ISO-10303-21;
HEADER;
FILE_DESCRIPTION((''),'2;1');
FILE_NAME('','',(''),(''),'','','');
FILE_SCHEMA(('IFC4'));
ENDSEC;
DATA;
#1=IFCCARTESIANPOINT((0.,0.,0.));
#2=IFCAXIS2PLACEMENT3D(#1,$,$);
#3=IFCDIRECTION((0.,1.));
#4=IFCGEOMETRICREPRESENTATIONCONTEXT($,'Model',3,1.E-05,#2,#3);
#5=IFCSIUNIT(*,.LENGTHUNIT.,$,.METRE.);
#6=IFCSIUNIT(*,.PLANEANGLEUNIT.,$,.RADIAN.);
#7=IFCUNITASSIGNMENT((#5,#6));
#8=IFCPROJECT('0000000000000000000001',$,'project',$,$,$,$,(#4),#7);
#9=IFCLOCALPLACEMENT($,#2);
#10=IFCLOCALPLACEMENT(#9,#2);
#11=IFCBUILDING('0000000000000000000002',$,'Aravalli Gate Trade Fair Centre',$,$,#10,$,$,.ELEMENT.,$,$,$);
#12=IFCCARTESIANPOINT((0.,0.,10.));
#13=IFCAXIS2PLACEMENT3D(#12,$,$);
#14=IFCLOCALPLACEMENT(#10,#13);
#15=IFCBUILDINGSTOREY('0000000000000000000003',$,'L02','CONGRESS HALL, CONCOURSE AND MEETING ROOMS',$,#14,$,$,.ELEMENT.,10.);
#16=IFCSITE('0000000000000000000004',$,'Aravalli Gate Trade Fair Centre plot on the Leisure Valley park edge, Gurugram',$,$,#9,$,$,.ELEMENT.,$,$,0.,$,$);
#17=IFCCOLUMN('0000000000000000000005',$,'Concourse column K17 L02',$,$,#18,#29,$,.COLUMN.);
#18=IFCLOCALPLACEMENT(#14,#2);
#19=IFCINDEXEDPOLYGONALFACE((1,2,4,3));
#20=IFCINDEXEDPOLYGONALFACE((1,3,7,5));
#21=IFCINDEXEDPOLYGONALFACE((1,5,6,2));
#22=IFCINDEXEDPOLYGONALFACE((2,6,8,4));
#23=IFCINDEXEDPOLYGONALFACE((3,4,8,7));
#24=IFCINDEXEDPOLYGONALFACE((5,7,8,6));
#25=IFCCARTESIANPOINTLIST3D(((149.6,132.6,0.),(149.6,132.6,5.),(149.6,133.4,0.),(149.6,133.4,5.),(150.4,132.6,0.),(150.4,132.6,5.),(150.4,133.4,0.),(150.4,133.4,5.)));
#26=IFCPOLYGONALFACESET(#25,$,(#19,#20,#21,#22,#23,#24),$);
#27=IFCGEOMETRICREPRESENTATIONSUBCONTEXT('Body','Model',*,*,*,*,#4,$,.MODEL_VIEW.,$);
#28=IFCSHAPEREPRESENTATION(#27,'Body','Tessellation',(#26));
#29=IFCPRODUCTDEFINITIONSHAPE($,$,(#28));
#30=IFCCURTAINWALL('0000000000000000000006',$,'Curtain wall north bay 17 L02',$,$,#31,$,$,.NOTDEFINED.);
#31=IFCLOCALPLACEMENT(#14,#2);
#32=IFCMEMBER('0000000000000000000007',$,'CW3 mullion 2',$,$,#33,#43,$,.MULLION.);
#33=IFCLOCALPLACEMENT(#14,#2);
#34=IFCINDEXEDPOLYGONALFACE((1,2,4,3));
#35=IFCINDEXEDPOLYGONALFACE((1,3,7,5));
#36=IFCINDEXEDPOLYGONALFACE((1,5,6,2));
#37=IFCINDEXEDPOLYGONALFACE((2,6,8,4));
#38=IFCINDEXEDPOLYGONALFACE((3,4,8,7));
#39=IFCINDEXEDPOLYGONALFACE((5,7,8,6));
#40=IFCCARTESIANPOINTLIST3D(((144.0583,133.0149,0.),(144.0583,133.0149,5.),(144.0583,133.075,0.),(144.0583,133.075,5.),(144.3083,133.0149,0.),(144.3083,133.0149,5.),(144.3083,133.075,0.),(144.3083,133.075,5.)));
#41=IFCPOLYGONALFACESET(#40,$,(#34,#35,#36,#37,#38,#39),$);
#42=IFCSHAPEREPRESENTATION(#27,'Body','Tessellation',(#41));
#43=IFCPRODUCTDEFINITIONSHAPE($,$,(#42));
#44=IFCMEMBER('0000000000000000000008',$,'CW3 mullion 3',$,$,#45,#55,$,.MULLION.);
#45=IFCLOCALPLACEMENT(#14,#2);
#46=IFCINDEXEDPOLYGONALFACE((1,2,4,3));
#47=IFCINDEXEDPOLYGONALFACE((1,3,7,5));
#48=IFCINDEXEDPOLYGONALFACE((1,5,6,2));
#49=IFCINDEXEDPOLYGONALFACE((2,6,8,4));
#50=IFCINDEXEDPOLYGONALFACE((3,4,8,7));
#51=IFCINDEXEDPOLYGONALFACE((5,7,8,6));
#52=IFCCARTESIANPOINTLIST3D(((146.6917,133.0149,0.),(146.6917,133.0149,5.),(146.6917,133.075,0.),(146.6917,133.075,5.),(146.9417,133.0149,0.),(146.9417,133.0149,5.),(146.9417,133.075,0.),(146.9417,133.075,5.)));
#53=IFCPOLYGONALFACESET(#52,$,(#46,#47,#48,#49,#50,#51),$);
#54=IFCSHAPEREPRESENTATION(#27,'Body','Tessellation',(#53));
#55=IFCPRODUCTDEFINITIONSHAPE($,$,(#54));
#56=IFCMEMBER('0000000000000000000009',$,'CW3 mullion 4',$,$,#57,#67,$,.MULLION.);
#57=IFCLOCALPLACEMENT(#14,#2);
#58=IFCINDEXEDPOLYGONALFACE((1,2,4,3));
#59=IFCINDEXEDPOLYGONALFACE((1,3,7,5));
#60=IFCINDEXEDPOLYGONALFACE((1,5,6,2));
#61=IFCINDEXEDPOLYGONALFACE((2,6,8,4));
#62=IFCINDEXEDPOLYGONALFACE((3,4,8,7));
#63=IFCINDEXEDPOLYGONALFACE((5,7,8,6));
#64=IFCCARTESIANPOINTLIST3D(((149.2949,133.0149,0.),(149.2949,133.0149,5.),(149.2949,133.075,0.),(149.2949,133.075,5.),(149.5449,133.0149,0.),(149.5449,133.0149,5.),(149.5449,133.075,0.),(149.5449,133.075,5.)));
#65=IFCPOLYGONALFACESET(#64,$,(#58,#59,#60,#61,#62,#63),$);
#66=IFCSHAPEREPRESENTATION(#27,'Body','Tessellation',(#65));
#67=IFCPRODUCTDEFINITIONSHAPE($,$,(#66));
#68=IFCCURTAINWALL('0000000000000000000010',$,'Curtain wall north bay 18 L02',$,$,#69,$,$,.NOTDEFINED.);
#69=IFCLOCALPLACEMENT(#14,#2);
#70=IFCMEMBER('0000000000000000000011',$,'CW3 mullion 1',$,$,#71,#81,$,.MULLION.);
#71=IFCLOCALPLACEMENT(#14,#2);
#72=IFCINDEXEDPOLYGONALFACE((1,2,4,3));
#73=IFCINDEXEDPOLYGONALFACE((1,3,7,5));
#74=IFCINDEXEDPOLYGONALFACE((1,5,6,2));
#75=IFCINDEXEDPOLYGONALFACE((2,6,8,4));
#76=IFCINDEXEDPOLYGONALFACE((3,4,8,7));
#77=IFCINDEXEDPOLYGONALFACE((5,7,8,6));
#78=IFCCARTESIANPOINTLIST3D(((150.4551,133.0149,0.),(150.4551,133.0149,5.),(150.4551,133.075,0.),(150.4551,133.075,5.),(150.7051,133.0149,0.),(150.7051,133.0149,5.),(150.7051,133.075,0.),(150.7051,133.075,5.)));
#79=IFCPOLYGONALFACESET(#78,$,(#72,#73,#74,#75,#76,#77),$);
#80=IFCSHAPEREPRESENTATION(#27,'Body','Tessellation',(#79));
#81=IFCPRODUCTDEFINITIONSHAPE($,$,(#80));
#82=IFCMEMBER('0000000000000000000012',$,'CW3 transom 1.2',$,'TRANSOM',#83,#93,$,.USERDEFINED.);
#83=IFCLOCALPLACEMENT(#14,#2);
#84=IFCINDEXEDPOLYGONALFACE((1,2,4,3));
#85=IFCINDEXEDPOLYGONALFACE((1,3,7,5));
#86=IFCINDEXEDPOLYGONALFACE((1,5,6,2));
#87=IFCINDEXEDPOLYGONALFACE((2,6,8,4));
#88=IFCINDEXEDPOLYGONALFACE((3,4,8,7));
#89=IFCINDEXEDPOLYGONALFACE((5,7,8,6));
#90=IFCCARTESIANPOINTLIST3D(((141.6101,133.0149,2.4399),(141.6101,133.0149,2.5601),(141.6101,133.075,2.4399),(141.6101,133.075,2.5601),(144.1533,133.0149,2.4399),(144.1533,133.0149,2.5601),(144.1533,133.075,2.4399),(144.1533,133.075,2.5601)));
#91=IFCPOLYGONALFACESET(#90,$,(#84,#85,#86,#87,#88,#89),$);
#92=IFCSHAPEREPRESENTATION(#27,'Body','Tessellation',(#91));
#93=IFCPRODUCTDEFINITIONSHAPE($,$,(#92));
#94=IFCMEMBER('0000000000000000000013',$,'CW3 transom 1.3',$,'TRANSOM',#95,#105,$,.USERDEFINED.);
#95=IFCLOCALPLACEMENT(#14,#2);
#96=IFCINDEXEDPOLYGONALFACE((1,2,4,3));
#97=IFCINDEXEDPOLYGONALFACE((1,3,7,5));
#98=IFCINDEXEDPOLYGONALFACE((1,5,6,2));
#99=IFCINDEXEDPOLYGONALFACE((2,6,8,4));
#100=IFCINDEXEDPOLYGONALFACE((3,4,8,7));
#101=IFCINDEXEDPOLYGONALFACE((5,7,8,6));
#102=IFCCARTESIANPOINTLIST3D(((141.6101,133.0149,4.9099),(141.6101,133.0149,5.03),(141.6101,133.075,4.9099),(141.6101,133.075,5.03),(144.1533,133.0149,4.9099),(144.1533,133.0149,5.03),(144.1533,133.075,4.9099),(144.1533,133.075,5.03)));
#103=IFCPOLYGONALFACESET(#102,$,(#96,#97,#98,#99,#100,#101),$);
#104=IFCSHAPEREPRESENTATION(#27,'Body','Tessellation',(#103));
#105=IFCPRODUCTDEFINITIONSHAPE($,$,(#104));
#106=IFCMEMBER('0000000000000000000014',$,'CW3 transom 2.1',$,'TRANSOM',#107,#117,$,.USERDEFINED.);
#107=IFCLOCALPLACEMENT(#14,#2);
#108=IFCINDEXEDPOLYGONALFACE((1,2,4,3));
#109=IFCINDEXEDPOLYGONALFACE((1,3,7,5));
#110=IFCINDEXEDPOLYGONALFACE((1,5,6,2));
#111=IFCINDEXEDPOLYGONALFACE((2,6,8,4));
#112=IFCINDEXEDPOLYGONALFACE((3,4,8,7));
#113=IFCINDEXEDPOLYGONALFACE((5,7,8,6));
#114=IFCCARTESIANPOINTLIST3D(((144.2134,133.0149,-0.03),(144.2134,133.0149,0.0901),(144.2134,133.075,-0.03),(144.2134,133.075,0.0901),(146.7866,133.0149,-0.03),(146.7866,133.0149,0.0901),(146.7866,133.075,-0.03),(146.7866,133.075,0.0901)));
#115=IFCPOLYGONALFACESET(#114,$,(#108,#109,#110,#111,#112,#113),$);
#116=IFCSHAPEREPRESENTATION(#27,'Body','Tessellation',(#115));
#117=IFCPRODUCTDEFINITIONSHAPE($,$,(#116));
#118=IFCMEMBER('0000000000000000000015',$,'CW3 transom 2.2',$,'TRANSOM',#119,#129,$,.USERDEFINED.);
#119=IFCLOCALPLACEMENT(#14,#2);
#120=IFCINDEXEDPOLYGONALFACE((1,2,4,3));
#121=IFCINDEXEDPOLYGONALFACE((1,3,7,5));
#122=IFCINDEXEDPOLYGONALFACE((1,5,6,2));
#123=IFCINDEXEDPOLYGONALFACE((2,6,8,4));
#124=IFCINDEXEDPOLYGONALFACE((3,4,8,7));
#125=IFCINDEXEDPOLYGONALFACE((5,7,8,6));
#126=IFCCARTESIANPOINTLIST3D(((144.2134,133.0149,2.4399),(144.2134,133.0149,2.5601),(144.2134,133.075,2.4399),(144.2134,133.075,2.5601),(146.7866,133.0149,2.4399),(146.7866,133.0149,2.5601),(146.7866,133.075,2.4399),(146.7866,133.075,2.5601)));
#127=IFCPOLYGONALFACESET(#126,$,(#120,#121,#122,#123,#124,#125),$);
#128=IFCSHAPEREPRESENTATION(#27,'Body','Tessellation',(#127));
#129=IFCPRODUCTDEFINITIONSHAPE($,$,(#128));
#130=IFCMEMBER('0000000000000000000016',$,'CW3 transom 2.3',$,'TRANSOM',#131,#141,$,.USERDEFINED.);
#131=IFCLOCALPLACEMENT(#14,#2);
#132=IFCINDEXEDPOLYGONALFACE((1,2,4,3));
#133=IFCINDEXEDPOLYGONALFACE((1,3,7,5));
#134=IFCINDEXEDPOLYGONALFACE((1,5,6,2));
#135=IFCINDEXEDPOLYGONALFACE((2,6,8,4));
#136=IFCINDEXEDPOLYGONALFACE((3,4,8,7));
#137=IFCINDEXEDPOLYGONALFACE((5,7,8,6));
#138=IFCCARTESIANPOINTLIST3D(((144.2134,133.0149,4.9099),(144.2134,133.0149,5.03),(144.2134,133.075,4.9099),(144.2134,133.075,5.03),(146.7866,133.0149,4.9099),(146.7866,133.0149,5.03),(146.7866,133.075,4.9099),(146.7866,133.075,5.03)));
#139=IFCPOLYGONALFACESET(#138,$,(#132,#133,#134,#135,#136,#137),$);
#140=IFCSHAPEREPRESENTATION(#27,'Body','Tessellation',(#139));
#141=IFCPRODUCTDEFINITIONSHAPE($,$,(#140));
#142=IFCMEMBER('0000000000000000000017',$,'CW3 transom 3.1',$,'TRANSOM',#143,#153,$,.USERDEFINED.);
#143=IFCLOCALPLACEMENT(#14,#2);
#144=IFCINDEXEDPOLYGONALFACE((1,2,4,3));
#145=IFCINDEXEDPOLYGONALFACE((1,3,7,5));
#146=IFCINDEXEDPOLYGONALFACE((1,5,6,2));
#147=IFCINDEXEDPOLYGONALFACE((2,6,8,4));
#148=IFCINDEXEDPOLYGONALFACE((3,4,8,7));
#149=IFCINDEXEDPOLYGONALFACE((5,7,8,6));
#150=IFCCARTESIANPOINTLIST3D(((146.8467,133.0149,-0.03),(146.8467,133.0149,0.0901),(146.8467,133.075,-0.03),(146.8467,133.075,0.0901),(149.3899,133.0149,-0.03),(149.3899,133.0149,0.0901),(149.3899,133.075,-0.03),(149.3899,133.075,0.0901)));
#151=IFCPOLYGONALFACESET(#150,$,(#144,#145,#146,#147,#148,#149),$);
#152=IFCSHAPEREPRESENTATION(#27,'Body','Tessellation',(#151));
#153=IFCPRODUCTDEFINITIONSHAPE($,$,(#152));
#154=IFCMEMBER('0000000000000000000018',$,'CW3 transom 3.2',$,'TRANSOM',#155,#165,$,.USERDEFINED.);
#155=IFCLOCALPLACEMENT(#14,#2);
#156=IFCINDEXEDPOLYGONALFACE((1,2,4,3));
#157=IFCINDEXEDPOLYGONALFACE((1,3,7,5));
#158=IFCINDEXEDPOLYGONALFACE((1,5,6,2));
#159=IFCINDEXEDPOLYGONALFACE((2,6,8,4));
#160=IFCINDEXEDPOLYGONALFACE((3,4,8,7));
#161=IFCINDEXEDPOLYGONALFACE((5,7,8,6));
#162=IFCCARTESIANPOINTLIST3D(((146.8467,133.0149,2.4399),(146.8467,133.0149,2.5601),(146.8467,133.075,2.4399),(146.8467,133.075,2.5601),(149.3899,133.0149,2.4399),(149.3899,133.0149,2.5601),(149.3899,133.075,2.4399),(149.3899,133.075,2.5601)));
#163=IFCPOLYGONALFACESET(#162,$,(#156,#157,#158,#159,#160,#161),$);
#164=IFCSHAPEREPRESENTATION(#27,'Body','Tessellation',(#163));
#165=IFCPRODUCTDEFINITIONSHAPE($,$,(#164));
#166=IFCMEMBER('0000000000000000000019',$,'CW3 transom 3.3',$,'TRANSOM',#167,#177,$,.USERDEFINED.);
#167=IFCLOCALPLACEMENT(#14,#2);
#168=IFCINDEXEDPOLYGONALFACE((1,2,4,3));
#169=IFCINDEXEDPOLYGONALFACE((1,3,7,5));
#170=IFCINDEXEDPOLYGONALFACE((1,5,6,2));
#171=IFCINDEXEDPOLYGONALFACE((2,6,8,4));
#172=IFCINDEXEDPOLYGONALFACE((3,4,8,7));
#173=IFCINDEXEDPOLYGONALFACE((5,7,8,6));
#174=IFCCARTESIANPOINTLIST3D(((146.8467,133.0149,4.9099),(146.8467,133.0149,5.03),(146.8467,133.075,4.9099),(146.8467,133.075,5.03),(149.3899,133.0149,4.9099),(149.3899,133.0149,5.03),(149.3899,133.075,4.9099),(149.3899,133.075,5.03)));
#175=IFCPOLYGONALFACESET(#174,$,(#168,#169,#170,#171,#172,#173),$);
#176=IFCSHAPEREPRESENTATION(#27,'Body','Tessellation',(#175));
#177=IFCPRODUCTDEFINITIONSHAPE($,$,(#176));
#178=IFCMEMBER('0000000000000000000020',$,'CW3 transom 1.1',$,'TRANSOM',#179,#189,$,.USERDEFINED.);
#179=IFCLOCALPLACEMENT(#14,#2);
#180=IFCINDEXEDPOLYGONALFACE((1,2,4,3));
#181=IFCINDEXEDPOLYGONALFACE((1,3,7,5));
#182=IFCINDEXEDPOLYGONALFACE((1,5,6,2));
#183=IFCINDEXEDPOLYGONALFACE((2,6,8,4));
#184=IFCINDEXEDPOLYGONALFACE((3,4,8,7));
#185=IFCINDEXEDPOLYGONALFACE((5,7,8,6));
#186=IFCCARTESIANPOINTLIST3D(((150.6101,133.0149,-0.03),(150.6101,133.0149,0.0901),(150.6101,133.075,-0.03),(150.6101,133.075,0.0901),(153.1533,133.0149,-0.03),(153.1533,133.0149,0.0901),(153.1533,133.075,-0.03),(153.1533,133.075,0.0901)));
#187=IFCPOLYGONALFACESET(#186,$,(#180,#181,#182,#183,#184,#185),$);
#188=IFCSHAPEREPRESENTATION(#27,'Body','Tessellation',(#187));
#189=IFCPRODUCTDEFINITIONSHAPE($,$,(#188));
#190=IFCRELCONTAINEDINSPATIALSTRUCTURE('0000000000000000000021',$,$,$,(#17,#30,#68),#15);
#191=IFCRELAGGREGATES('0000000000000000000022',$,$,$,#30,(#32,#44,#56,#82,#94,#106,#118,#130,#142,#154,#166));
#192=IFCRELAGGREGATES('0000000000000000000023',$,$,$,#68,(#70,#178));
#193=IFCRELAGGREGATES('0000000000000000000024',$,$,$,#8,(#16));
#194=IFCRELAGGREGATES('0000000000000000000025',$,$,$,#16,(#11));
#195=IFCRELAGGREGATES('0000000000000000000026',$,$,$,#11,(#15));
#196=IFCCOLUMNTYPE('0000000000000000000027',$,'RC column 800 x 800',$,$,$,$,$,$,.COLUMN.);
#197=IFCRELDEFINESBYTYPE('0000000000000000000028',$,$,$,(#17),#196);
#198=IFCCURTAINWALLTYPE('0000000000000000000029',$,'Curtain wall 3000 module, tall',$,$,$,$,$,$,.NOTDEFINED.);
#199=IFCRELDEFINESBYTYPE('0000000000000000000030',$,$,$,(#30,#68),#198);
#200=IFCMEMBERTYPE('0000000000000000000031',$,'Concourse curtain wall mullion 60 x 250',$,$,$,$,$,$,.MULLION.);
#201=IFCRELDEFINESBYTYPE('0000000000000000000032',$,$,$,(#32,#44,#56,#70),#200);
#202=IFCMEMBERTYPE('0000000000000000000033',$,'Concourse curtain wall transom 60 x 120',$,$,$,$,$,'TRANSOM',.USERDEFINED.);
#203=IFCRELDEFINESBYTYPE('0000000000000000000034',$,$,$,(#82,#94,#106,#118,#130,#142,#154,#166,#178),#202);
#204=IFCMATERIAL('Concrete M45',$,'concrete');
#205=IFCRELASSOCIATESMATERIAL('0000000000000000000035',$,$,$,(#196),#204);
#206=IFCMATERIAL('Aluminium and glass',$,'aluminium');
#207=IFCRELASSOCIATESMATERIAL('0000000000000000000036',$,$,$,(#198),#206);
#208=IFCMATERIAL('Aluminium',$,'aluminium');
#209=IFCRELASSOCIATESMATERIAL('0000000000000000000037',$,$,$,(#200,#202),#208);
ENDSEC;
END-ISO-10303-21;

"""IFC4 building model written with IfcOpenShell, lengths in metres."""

from ifc_helpers import new_model, si_unit, direction, frame, origin, origin_2d, place, context, subcontext, project, spatial, rectangle, extrude, material, material_profile, profile_set, type_object, element, aggregate, save


model = new_model("IFC4")

# Units and contexts
model_context = context("Model", 3, precision=1e-05, world=origin(), true_north=direction((0.0, 1.0)))
body_context = subcontext(model_context, "Body", "Model", "MODEL_VIEW")
ifc_project = project(units=[si_unit("LENGTHUNIT", "METRE"), si_unit("PLANEANGLEUNIT", "RADIAN")], contexts=[model_context])

# Site, building, storey
site_placement = place(None, origin())
site = spatial("IfcSite", under=ifc_project, at=site_placement, Name="Aravalli Gate Trade Fair Centre plot on the Leisure Valley park edge, Gurugram", CompositionType="ELEMENT", RefElevation=0.0)
building_placement = place(site_placement, origin())
building = spatial("IfcBuilding", under=site, at=building_placement, Name="Aravalli Gate Trade Fair Centre", CompositionType="ELEMENT")
storey_placement = place(building_placement, frame((0.0, 0.0, 10.0)))
storey = spatial("IfcBuildingStorey", under=building, at=storey_placement, Name="L02", Description="CONGRESS HALL, CONCOURSE AND MEETING ROOMS", CompositionType="ELEMENT", Elevation=10.0)

# Column
ifc_material_1 = material(Name="Concrete M45", Category="concrete")
ifc_material_profile_1 = material_profile(ifc_material_1, rectangle(XDim=0.8, YDim=0.8, at=origin_2d()), Name="RC column 800 x 800")
ifc_profile_set_1 = profile_set([ifc_material_profile_1], Name="Concrete M45")
column_type = type_object("IfcColumnType", Name="RC column 800 x 800", PredefinedType="COLUMN", material=ifc_profile_set_1)
column_placement = place(storey_placement, frame((150.0, 133.0, 0.0), z_axis=(0.0, 0.0, 1.0), x_axis=(1.0, 0.0, 0.0)))
element("IfcColumn", 1, at=column_placement, inside=storey, type_object=column_type, Name="Concourse column K17 L02", PredefinedType="COLUMN", context=body_context, shape_type="SweptSolid", body=[
    extrude(rectangle(XDim=0.8, YDim=0.8, at=origin_2d()), origin(), (0.0, 0.0, 1.0), 5.0),
])

# Curtain wall, members
ifc_material_2 = material(Name="Aluminium and glass", Category="aluminium")
curtain_wall_type = type_object("IfcCurtainWallType", Name="Curtain wall 3000 module, tall", PredefinedType="NOTDEFINED", material=ifc_material_2)
curtain_wall_1_placement = place(storey_placement, origin())
curtain_wall_1 = element("IfcCurtainWall", 2, at=curtain_wall_1_placement, inside=storey, type_object=curtain_wall_type, Name="Curtain wall north bay 17 L02", PredefinedType="NOTDEFINED")
ifc_material_3 = material(Name="Aluminium", Category="aluminium")
ifc_material_profile_2 = material_profile(ifc_material_3, rectangle(XDim=0.0601, YDim=0.25, at=origin_2d()), Name="Concourse curtain wall mullion 60 x 250")
ifc_profile_set_2 = profile_set([ifc_material_profile_2], Name="Aluminium")
member_type_1 = type_object("IfcMemberType", Name="Concourse curtain wall mullion 60 x 250", PredefinedType="MULLION", material=ifc_profile_set_2)
member_1_placement = place(storey_placement, frame((144.1833, 133.0449, 0.0), z_axis=(0.0, 0.0, 1.0), x_axis=(0.0, 1.0, 0.0)))
member_1 = element("IfcMember", 3, at=member_1_placement, type_object=member_type_1, Name="CW3 mullion 2", PredefinedType="MULLION", context=body_context, shape_type="SweptSolid", body=[
    extrude(rectangle(XDim=0.0601, YDim=0.25, at=origin_2d()), origin(), (0.0, 0.0, 1.0), 5.0),
])
member_2_placement = place(storey_placement, frame((146.8167, 133.0449, 0.0), z_axis=(0.0, 0.0, 1.0), x_axis=(0.0, 1.0, 0.0)))
member_2 = element("IfcMember", 4, at=member_2_placement, type_object=member_type_1, Name="CW3 mullion 3", PredefinedType="MULLION", context=body_context, shape_type="SweptSolid", body=[
    extrude(rectangle(XDim=0.0601, YDim=0.25, at=origin_2d()), origin(), (0.0, 0.0, 1.0), 5.0),
])
member_3_placement = place(storey_placement, frame((149.4199, 133.0449, 0.0), z_axis=(0.0, 0.0, 1.0), x_axis=(0.0, 1.0, 0.0)))
member_3 = element("IfcMember", 5, at=member_3_placement, type_object=member_type_1, Name="CW3 mullion 4", PredefinedType="MULLION", context=body_context, shape_type="SweptSolid", body=[
    extrude(rectangle(XDim=0.0601, YDim=0.25, at=origin_2d()), origin(), (0.0, 0.0, 1.0), 5.0),
])

# Curtain wall, member
curtain_wall_2_placement = place(storey_placement, origin())
curtain_wall_2 = element("IfcCurtainWall", 6, at=curtain_wall_2_placement, inside=storey, type_object=curtain_wall_type, Name="Curtain wall north bay 18 L02", PredefinedType="NOTDEFINED")
member_4_placement = place(storey_placement, frame((150.5801, 133.0449, 0.0), z_axis=(0.0, 0.0, 1.0), x_axis=(0.0, 1.0, 0.0)))
member_4 = element("IfcMember", 7, at=member_4_placement, type_object=member_type_1, Name="CW3 mullion 1", PredefinedType="MULLION", context=body_context, shape_type="SweptSolid", body=[
    extrude(rectangle(XDim=0.0601, YDim=0.25, at=origin_2d()), origin(), (0.0, 0.0, 1.0), 5.0),
])

# Members
ifc_material_profile_3 = material_profile(ifc_material_3, rectangle(XDim=0.0601, YDim=0.1201, at=origin_2d()), Name="Concourse curtain wall transom 60 x 120")
ifc_profile_set_3 = profile_set([ifc_material_profile_3], Name="Aluminium")
member_type_2 = type_object("IfcMemberType", Name="Concourse curtain wall transom 60 x 120", ElementType="TRANSOM", PredefinedType="USERDEFINED", material=ifc_profile_set_3)
member_5_placement = place(storey_placement, frame((141.6101, 133.0449, 2.5), z_axis=(1.0, 0.0, 0.0), x_axis=(0.0, 1.0, 0.0)))
member_5 = element("IfcMember", 8, at=member_5_placement, type_object=member_type_2, Name="CW3 transom 1.2", ObjectType="TRANSOM", PredefinedType="USERDEFINED", context=body_context, shape_type="SweptSolid", body=[
    extrude(rectangle(XDim=0.0601, YDim=0.1201, at=origin_2d()), origin(), (0.0, 0.0, 1.0), 2.5432),
])
member_6_placement = place(storey_placement, frame((141.6101, 133.0449, 4.97), z_axis=(1.0, 0.0, 0.0), x_axis=(0.0, 1.0, 0.0)))
member_6 = element("IfcMember", 9, at=member_6_placement, type_object=member_type_2, Name="CW3 transom 1.3", ObjectType="TRANSOM", PredefinedType="USERDEFINED", context=body_context, shape_type="SweptSolid", body=[
    extrude(rectangle(XDim=0.0601, YDim=0.1201, at=origin_2d()), origin(), (0.0, 0.0, 1.0), 2.5432),
])
member_7_placement = place(storey_placement, frame((144.2134, 133.0449, 0.03), z_axis=(1.0, 0.0, 0.0), x_axis=(0.0, 1.0, 0.0)))
member_7 = element("IfcMember", 10, at=member_7_placement, type_object=member_type_2, Name="CW3 transom 2.1", ObjectType="TRANSOM", PredefinedType="USERDEFINED", context=body_context, shape_type="SweptSolid", body=[
    extrude(rectangle(XDim=0.0601, YDim=0.1201, at=origin_2d()), origin(), (0.0, 0.0, 1.0), 2.5732),
])
member_8_placement = place(storey_placement, frame((144.2134, 133.0449, 2.5), z_axis=(1.0, 0.0, 0.0), x_axis=(0.0, 1.0, 0.0)))
member_8 = element("IfcMember", 11, at=member_8_placement, type_object=member_type_2, Name="CW3 transom 2.2", ObjectType="TRANSOM", PredefinedType="USERDEFINED", context=body_context, shape_type="SweptSolid", body=[
    extrude(rectangle(XDim=0.0601, YDim=0.1201, at=origin_2d()), origin(), (0.0, 0.0, 1.0), 2.5732),
])
member_9_placement = place(storey_placement, frame((144.2134, 133.0449, 4.97), z_axis=(1.0, 0.0, 0.0), x_axis=(0.0, 1.0, 0.0)))
member_9 = element("IfcMember", 12, at=member_9_placement, type_object=member_type_2, Name="CW3 transom 2.3", ObjectType="TRANSOM", PredefinedType="USERDEFINED", context=body_context, shape_type="SweptSolid", body=[
    extrude(rectangle(XDim=0.0601, YDim=0.1201, at=origin_2d()), origin(), (0.0, 0.0, 1.0), 2.5732),
])
member_10_placement = place(storey_placement, frame((146.8467, 133.0449, 0.03), z_axis=(1.0, 0.0, 0.0), x_axis=(0.0, 1.0, 0.0)))
member_10 = element("IfcMember", 13, at=member_10_placement, type_object=member_type_2, Name="CW3 transom 3.1", ObjectType="TRANSOM", PredefinedType="USERDEFINED", context=body_context, shape_type="SweptSolid", body=[
    extrude(rectangle(XDim=0.0601, YDim=0.1201, at=origin_2d()), origin(), (0.0, 0.0, 1.0), 2.5432),
])
member_11_placement = place(storey_placement, frame((146.8467, 133.0449, 2.5), z_axis=(1.0, 0.0, 0.0), x_axis=(0.0, 1.0, 0.0)))
member_11 = element("IfcMember", 14, at=member_11_placement, type_object=member_type_2, Name="CW3 transom 3.2", ObjectType="TRANSOM", PredefinedType="USERDEFINED", context=body_context, shape_type="SweptSolid", body=[
    extrude(rectangle(XDim=0.0601, YDim=0.1201, at=origin_2d()), origin(), (0.0, 0.0, 1.0), 2.5432),
])
member_12_placement = place(storey_placement, frame((146.8467, 133.0449, 4.97), z_axis=(1.0, 0.0, 0.0), x_axis=(0.0, 1.0, 0.0)))
member_12 = element("IfcMember", 15, at=member_12_placement, type_object=member_type_2, Name="CW3 transom 3.3", ObjectType="TRANSOM", PredefinedType="USERDEFINED", context=body_context, shape_type="SweptSolid", body=[
    extrude(rectangle(XDim=0.0601, YDim=0.1201, at=origin_2d()), origin(), (0.0, 0.0, 1.0), 2.5432),
])
member_13_placement = place(storey_placement, frame((150.6101, 133.0449, 0.03), z_axis=(1.0, 0.0, 0.0), x_axis=(0.0, 1.0, 0.0)))
member_13 = element("IfcMember", 16, at=member_13_placement, type_object=member_type_2, Name="CW3 transom 1.1", ObjectType="TRANSOM", PredefinedType="USERDEFINED", context=body_context, shape_type="SweptSolid", body=[
    extrude(rectangle(XDim=0.0601, YDim=0.1201, at=origin_2d()), origin(), (0.0, 0.0, 1.0), 2.5432),
])

aggregate(curtain_wall_1, [member_1, member_2, member_3, member_5, member_6, member_7, member_8, member_9, member_10, member_11, member_12])
aggregate(curtain_wall_2, [member_4, member_13])

save(model, "model.ifc")
